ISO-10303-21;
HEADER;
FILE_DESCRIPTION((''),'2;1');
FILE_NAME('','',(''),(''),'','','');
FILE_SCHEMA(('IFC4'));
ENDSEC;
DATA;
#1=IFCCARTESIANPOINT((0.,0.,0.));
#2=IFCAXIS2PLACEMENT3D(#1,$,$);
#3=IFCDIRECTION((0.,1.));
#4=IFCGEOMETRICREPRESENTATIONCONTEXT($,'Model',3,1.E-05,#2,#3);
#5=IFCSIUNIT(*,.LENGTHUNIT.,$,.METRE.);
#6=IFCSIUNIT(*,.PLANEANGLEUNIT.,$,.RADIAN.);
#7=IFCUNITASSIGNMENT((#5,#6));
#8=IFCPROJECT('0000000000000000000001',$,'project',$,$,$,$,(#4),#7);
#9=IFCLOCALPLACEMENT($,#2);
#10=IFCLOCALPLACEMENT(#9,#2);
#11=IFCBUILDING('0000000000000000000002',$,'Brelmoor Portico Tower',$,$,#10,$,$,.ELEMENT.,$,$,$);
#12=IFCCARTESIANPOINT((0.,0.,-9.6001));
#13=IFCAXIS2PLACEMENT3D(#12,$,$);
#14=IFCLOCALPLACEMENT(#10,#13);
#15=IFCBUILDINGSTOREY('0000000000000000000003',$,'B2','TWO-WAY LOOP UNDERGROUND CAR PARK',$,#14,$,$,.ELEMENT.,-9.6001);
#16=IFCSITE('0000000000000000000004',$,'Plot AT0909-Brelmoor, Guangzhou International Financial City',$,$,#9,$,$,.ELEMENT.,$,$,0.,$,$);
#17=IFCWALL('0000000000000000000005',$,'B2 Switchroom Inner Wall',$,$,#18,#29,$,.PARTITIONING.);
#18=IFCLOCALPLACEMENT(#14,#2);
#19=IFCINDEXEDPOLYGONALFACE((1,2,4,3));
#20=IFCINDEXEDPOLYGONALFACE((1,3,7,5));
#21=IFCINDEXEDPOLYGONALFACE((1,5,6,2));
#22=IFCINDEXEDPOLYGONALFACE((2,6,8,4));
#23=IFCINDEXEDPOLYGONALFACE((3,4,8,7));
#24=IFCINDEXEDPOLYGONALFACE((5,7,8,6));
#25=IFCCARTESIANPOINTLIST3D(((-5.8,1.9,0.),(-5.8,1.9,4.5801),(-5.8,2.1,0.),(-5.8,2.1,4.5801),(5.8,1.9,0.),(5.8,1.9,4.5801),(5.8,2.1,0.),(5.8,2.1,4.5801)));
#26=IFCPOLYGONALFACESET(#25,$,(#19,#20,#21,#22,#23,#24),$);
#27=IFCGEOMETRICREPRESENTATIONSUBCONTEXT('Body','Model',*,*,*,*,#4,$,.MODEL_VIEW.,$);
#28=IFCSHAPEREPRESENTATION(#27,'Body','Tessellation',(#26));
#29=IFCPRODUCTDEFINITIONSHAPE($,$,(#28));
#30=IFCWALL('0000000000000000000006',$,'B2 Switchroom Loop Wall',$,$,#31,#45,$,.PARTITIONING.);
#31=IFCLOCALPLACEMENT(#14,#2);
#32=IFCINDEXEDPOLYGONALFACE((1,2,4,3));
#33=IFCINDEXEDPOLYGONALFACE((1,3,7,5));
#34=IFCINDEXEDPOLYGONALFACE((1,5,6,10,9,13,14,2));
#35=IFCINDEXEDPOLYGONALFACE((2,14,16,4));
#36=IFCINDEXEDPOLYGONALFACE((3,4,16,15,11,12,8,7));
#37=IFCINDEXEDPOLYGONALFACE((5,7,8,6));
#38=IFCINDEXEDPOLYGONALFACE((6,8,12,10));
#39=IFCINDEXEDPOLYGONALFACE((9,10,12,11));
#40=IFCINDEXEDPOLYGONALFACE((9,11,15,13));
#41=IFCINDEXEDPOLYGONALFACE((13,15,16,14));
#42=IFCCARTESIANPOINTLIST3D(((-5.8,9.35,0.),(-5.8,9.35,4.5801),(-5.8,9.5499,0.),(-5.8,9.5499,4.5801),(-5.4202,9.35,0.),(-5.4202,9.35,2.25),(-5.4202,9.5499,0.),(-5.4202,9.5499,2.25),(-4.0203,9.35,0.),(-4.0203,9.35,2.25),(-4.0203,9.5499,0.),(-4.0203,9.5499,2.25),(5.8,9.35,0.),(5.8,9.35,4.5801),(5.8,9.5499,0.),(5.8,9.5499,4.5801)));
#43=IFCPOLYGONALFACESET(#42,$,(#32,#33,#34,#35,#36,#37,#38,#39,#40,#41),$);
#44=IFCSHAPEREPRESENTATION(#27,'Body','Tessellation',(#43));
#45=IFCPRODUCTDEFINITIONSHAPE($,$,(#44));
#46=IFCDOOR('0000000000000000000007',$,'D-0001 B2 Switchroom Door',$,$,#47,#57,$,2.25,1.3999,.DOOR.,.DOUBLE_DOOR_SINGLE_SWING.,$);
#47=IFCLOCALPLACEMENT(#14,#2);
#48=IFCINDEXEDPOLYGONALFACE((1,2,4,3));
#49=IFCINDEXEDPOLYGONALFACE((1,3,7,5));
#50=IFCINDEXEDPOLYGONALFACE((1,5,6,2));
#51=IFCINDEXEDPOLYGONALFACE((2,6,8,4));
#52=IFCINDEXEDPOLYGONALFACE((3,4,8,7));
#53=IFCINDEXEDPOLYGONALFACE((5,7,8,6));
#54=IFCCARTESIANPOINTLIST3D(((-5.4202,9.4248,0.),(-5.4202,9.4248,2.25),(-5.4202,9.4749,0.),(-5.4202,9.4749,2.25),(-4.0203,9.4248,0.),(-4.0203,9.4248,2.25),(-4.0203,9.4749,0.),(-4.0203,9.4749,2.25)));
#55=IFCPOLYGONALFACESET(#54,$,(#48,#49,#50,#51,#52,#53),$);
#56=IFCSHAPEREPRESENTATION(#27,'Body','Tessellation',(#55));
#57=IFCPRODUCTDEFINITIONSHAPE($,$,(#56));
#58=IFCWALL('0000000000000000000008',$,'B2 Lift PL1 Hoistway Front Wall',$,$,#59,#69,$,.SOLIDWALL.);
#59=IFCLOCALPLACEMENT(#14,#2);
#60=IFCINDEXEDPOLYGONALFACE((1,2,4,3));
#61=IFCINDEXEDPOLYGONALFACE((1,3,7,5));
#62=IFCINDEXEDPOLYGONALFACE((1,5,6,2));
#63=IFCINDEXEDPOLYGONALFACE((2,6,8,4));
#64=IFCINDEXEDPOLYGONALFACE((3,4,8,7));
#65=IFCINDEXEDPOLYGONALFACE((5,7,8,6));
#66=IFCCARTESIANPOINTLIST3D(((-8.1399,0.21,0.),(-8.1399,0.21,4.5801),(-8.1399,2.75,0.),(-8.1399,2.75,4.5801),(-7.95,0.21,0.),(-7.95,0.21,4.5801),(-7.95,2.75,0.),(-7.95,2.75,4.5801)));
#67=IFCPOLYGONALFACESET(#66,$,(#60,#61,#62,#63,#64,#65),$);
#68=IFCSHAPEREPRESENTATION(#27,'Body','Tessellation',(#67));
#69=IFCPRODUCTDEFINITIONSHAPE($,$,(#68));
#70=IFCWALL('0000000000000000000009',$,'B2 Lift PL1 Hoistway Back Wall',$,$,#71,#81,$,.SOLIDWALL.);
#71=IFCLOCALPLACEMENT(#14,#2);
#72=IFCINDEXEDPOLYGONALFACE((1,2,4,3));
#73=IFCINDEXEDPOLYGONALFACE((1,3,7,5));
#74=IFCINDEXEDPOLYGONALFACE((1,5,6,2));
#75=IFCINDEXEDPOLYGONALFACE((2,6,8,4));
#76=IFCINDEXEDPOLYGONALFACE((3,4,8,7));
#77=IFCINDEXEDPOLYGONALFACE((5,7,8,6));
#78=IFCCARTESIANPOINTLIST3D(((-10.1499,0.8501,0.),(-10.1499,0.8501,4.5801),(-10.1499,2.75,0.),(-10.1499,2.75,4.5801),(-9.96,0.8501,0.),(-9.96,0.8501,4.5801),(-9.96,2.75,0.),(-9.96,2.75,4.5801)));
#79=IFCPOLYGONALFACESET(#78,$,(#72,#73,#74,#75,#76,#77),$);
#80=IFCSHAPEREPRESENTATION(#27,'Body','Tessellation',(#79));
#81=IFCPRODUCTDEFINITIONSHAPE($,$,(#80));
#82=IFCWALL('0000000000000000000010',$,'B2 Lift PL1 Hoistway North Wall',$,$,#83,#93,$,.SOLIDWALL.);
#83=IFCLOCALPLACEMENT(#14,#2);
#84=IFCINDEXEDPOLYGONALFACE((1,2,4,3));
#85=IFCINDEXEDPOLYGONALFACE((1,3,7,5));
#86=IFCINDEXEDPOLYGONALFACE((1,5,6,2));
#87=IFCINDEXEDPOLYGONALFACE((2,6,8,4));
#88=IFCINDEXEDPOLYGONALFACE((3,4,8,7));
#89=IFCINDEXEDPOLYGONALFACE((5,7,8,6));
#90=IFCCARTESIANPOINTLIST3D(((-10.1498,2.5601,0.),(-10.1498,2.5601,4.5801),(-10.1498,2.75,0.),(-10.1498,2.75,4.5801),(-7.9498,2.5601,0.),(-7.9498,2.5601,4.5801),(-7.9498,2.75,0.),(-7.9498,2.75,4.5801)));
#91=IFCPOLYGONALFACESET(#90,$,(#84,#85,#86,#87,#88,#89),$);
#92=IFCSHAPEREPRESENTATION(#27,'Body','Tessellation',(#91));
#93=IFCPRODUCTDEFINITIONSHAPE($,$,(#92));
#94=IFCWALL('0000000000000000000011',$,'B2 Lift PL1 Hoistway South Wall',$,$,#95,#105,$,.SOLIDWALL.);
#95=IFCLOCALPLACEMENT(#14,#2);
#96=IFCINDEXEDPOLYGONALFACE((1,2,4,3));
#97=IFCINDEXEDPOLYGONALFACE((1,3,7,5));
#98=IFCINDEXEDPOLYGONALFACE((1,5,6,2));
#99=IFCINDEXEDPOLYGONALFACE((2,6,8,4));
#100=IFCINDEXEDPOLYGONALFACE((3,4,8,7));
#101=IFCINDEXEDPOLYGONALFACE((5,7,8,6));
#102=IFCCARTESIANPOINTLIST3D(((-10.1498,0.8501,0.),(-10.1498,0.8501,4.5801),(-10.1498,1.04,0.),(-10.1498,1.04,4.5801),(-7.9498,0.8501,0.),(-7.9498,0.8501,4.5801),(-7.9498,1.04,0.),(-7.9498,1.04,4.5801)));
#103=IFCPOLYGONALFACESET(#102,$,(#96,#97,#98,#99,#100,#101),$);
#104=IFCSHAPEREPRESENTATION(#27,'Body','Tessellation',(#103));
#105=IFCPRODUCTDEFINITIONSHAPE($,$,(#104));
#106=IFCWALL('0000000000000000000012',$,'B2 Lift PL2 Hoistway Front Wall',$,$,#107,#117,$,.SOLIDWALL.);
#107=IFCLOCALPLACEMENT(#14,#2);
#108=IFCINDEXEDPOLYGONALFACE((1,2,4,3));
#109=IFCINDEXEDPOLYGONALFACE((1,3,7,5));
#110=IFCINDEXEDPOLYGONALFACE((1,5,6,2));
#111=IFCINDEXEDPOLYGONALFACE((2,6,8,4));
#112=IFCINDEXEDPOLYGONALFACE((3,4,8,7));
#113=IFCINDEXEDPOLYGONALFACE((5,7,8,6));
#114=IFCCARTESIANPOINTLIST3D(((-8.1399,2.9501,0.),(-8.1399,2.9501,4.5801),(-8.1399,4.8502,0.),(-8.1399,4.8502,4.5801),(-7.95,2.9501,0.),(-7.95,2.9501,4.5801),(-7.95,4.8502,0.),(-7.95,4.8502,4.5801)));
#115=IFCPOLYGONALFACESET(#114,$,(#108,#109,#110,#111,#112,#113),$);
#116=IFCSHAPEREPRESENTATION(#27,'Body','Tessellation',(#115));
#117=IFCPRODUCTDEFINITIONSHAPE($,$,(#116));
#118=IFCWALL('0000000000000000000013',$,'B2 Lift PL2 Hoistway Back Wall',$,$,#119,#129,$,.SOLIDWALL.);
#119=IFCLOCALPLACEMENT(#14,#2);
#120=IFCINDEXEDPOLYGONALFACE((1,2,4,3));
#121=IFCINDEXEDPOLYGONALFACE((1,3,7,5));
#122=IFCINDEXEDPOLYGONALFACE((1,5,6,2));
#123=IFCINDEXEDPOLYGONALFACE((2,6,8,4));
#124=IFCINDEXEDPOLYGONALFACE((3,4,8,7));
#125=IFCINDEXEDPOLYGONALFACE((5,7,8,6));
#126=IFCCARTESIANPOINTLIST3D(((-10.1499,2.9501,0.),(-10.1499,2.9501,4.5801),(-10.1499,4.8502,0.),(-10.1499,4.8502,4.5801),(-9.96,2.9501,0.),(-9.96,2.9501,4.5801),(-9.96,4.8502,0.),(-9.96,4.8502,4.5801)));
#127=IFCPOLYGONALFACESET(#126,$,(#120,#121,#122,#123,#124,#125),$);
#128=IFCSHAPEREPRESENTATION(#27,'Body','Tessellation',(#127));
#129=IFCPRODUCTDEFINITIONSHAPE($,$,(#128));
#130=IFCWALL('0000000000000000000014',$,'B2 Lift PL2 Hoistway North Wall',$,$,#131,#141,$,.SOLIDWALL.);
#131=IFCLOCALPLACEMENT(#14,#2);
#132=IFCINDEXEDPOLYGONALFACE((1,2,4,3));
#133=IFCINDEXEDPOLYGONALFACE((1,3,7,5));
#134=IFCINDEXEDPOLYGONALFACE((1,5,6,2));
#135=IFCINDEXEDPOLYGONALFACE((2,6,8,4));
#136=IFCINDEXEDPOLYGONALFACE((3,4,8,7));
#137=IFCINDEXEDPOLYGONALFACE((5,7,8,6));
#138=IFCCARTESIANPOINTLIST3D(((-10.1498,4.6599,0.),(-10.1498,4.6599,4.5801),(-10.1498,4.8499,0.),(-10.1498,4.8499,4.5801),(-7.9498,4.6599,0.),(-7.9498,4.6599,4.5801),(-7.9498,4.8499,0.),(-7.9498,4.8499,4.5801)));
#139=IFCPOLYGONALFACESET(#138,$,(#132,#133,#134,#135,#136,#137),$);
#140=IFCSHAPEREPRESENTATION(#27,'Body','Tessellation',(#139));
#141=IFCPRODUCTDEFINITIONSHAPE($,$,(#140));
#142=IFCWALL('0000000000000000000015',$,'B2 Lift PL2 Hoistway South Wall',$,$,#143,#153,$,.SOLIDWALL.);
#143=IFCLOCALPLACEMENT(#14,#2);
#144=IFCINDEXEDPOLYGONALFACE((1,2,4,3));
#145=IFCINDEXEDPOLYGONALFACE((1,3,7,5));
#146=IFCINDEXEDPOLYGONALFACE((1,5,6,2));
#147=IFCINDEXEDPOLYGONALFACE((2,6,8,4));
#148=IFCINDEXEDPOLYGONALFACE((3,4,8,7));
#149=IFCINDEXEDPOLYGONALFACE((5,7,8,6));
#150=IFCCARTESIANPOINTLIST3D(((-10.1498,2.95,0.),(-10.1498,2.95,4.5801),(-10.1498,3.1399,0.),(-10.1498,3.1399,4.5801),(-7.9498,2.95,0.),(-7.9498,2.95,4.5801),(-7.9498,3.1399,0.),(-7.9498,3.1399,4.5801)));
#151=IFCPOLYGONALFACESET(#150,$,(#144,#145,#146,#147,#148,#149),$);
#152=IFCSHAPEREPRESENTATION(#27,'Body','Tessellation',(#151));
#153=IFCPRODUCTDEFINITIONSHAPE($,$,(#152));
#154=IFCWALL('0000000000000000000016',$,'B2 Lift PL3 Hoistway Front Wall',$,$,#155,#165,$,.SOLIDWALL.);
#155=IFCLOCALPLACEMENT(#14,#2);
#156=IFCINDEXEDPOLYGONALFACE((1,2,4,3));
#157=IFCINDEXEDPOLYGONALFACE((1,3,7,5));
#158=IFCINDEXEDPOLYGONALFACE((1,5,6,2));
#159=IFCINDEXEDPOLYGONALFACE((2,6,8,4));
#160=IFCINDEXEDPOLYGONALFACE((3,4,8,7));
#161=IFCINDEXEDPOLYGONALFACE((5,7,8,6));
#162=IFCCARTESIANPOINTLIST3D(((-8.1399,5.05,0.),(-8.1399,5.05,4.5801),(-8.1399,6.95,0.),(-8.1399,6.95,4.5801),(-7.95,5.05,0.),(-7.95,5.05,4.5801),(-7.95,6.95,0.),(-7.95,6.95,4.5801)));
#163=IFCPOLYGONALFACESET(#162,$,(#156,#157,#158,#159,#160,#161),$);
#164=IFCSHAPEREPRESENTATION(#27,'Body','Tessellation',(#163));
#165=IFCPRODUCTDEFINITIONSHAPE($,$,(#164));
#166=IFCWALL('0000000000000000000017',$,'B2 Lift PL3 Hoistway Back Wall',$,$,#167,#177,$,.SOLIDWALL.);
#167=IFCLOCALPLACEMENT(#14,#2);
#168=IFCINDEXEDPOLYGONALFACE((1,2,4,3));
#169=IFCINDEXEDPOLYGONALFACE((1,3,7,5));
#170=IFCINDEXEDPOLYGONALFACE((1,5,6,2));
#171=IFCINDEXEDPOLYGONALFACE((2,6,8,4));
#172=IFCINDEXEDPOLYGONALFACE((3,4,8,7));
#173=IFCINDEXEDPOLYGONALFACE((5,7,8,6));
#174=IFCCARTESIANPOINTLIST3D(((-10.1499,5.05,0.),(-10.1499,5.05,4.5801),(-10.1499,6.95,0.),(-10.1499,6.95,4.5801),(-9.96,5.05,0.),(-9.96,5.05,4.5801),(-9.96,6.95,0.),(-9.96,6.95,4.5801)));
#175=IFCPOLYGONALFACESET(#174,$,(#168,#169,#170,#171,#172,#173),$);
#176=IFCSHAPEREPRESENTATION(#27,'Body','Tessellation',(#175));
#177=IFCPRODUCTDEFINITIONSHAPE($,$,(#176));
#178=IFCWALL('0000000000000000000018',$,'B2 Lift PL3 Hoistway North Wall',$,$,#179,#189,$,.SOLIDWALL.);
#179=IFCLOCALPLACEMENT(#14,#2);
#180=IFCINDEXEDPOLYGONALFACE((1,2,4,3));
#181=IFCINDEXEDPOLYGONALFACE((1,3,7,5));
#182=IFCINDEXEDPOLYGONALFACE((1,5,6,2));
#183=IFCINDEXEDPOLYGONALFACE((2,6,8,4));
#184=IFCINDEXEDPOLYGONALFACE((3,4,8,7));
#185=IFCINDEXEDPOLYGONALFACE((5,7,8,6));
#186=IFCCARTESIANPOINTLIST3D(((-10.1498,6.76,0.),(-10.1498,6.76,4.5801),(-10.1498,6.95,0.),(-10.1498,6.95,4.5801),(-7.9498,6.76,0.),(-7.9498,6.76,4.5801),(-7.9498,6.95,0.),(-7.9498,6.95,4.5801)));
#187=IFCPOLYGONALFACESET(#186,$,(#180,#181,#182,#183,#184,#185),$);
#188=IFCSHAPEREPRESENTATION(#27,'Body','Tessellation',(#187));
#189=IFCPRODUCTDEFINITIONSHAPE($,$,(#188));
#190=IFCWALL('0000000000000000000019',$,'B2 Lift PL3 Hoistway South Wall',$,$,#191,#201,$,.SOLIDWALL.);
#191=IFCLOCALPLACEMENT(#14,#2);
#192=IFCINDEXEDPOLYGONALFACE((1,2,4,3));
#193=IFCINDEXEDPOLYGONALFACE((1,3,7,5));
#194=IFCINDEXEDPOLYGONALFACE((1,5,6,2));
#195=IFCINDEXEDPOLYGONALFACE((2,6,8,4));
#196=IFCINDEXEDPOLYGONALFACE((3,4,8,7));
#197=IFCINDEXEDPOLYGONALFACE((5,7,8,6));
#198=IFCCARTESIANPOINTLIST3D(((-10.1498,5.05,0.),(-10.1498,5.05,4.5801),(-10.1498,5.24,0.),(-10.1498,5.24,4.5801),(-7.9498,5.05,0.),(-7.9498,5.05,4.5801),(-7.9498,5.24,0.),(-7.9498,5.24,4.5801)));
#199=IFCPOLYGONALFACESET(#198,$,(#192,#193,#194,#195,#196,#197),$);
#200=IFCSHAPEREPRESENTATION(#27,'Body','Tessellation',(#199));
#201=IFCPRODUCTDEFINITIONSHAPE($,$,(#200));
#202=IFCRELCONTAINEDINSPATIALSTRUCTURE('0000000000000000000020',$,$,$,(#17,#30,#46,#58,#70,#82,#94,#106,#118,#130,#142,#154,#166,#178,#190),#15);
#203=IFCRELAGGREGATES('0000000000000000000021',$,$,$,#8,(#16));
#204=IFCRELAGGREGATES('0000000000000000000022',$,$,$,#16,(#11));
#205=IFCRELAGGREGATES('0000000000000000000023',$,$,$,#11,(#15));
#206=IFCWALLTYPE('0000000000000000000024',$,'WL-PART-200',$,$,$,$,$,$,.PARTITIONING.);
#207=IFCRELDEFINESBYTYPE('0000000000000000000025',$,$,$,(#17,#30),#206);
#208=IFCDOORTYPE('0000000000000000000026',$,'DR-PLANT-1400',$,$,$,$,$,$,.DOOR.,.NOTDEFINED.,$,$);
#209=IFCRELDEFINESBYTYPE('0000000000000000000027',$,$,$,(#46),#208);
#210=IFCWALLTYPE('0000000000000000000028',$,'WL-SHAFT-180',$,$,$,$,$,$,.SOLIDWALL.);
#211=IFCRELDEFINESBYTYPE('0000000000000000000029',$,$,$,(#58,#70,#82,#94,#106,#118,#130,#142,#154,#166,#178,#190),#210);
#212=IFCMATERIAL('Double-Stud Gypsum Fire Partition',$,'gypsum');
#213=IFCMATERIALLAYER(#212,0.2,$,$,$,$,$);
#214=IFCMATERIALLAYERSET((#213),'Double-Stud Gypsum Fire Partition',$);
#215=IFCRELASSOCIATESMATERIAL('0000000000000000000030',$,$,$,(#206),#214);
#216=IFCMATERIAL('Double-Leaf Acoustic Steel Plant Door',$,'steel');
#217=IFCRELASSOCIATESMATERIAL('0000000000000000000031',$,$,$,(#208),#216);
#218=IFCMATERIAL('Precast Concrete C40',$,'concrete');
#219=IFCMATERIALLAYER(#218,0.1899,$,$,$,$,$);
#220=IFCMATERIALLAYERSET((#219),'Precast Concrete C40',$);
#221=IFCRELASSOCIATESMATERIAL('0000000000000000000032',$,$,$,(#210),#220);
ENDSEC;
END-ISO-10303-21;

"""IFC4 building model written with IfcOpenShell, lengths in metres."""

from ifc_helpers import new_model, si_unit, direction, frame, frame_2d, origin, place, context, subcontext, project, spatial, rectangle, extrude, material, layer, layer_set, type_object, element, fill, save


model = new_model("IFC4")

# Units and contexts
model_context = context("Model", 3, precision=1e-05, world=origin(), true_north=direction((0.0, 1.0)))
body_context = subcontext(model_context, "Body", "Model", "MODEL_VIEW")
ifc_project = project(units=[si_unit("LENGTHUNIT", "METRE"), si_unit("PLANEANGLEUNIT", "RADIAN")], contexts=[model_context])

# Site, building, storey
site_placement = place(None, origin())
site = spatial("IfcSite", under=ifc_project, at=site_placement, Name="Plot AT0909-Brelmoor, Guangzhou International Financial City", CompositionType="ELEMENT", RefElevation=0.0)
building_placement = place(site_placement, origin())
building = spatial("IfcBuilding", under=site, at=building_placement, Name="Brelmoor Portico Tower", CompositionType="ELEMENT")
storey_placement = place(building_placement, frame((0.0, 0.0, -9.6001)))
storey = spatial("IfcBuildingStorey", under=building, at=storey_placement, Name="B2", Description="TWO-WAY LOOP UNDERGROUND CAR PARK", CompositionType="ELEMENT", Elevation=-9.6001)

# Wall
ifc_material_1 = material(Name="Double-Stud Gypsum Fire Partition", Category="gypsum")
ifc_layer_1 = layer(ifc_material_1, 0.2)
ifc_layer_set_1 = layer_set([ifc_layer_1], Name="Double-Stud Gypsum Fire Partition")
wall_type_1 = type_object("IfcWallType", Name="WL-PART-200", PredefinedType="PARTITIONING", material=ifc_layer_set_1)
wall_1_placement = place(storey_placement, frame((-5.8, 2.0, 0.0), z_axis=(0.0, 0.0, 1.0), x_axis=(1.0, 0.0, 0.0)))
element("IfcWall", 1, at=wall_1_placement, inside=storey, type_object=wall_type_1, Name="B2 Switchroom Inner Wall", PredefinedType="PARTITIONING", context=body_context, shape_type="SweptSolid", body=[
    extrude(rectangle(XDim=11.6001, YDim=0.2, at=frame_2d((5.8, 0.0))), origin(), (0.0, 0.0, 1.0), 4.5801),
])

# Wall, opening, door
wall_2_placement = place(storey_placement, frame((-5.8, 9.45, 0.0), z_axis=(0.0, 0.0, 1.0), x_axis=(1.0, 0.0, 0.0)))
wall_2 = element("IfcWall", 2, at=wall_2_placement, inside=storey, type_object=wall_type_1, Name="B2 Switchroom Loop Wall", PredefinedType="PARTITIONING", context=body_context, shape_type="SweptSolid", body=[
    extrude(rectangle(XDim=11.6001, YDim=0.2, at=frame_2d((5.8, 0.0))), origin(), (0.0, 0.0, 1.0), 4.5801),
])
opening_placement = place(wall_2_placement, frame((0.3799, 0.0, 0.0)))
opening = element("IfcOpeningElement", 3, at=opening_placement, cuts=wall_2, PredefinedType="OPENING", context=body_context, shape_type="SweptSolid", body=[
    extrude(rectangle(XDim=1.3999, YDim=2.25, at=frame_2d((0.7, 1.125))), frame((0.0, 0.1099, 0.0), z_axis=(0.0, -1.0, 0.0), x_axis=(1.0, 0.0, 0.0)), (0.0, 0.0, 1.0), 0.22),
])
ifc_material_2 = material(Name="Double-Leaf Acoustic Steel Plant Door", Category="steel")
door_type = type_object("IfcDoorType", Name="DR-PLANT-1400", OperationType="NOTDEFINED", PredefinedType="DOOR", material=ifc_material_2)
door_placement = place(opening_placement, origin())
door = element("IfcDoor", 4, at=door_placement, inside=storey, type_object=door_type, Name="D-0001 B2 Switchroom Door", OperationType="DOUBLE_DOOR_SINGLE_SWING", OverallHeight=2.25, OverallWidth=1.3999, PredefinedType="DOOR", context=body_context, shape_type="SweptSolid", body=[
    extrude(rectangle(XDim=1.3999, YDim=2.25, at=frame_2d((0.7, 1.125))), frame((0.0, 0.0249, 0.0), z_axis=(0.0, -1.0, 0.0), x_axis=(1.0, 0.0, 0.0)), (0.0, 0.0, 1.0), 0.05),
])
fill(opening, door)

# Walls
ifc_material_3 = material(Name="Precast Concrete C40", Category="concrete")
ifc_layer_2 = layer(ifc_material_3, 0.1899)
ifc_layer_set_2 = layer_set([ifc_layer_2], Name="Precast Concrete C40")
wall_type_2 = type_object("IfcWallType", Name="WL-SHAFT-180", PredefinedType="SOLIDWALL", material=ifc_layer_set_2)
wall_3_placement = place(storey_placement, frame((-8.0449, 0.21, 0.0), z_axis=(0.0, 0.0, 1.0), x_axis=(0.0, 1.0, 0.0)))
element("IfcWall", 5, at=wall_3_placement, inside=storey, type_object=wall_type_2, Name="B2 Lift PL1 Hoistway Front Wall", PredefinedType="SOLIDWALL", context=body_context, shape_type="SweptSolid", body=[
    extrude(rectangle(XDim=2.54, YDim=0.1899, at=frame_2d((1.27, 0.0))), origin(), (0.0, 0.0, 1.0), 4.5801),
])
wall_4_placement = place(storey_placement, frame((-10.0549, 0.8501, 0.0), z_axis=(0.0, 0.0, 1.0), x_axis=(0.0, 1.0, 0.0)))
element("IfcWall", 6, at=wall_4_placement, inside=storey, type_object=wall_type_2, Name="B2 Lift PL1 Hoistway Back Wall", PredefinedType="SOLIDWALL", context=body_context, shape_type="SweptSolid", body=[
    extrude(rectangle(XDim=1.8999, YDim=0.1899, at=frame_2d((0.95, 0.0))), origin(), (0.0, 0.0, 1.0), 4.5801),
])
for number, where, z_axis, x_axis, name in (
    (7, (-10.1499, 2.655, 0.0), (0.0, 0.0, 1.0), (1.0, 0.0, 0.0), "B2 Lift PL1 Hoistway North Wall"),
    (8, (-10.1499, 0.9451, 0.0), (0.0, 0.0, 1.0), (1.0, 0.0, 0.0), "B2 Lift PL1 Hoistway South Wall"),
):
    element("IfcWall", number, at=place(storey_placement, frame(where, z_axis=z_axis, x_axis=x_axis)), inside=storey, type_object=wall_type_2, Name=name, PredefinedType="SOLIDWALL", context=body_context, shape_type="SweptSolid", body=[
        extrude(rectangle(XDim=2.2, YDim=0.1899, at=frame_2d((1.1001, 0.0))), origin(), (0.0, 0.0, 1.0), 4.5801),
    ])
for number, where, z_axis, x_axis, name in (
    (9, (-8.0449, 2.95, 0.0), (0.0, 0.0, 1.0), (0.0, 1.0, 0.0), "B2 Lift PL2 Hoistway Front Wall"),
    (10, (-10.0549, 2.95, 0.0), (0.0, 0.0, 1.0), (0.0, 1.0, 0.0), "B2 Lift PL2 Hoistway Back Wall"),
):
    element("IfcWall", number, at=place(storey_placement, frame(where, z_axis=z_axis, x_axis=x_axis)), inside=storey, type_object=wall_type_2, Name=name, PredefinedType="SOLIDWALL", context=body_context, shape_type="SweptSolid", body=[
        extrude(rectangle(XDim=1.9001, YDim=0.1899, at=frame_2d((0.9502, 0.0))), origin(), (0.0, 0.0, 1.0), 4.5801),
    ])
for number, where, z_axis, x_axis, name in (
    (11, (-10.1499, 4.7549, 0.0), (0.0, 0.0, 1.0), (1.0, 0.0, 0.0), "B2 Lift PL2 Hoistway North Wall"),
    (12, (-10.1499, 3.0449, 0.0), (0.0, 0.0, 1.0), (1.0, 0.0, 0.0), "B2 Lift PL2 Hoistway South Wall"),
):
    element("IfcWall", number, at=place(storey_placement, frame(where, z_axis=z_axis, x_axis=x_axis)), inside=storey, type_object=wall_type_2, Name=name, PredefinedType="SOLIDWALL", context=body_context, shape_type="SweptSolid", body=[
        extrude(rectangle(XDim=2.2, YDim=0.1899, at=frame_2d((1.1001, 0.0))), origin(), (0.0, 0.0, 1.0), 4.5801),
    ])
for number, where, z_axis, x_axis, name in (
    (13, (-8.0449, 5.05, 0.0), (0.0, 0.0, 1.0), (0.0, 1.0, 0.0), "B2 Lift PL3 Hoistway Front Wall"),
    (14, (-10.0549, 5.05, 0.0), (0.0, 0.0, 1.0), (0.0, 1.0, 0.0), "B2 Lift PL3 Hoistway Back Wall"),
):
    element("IfcWall", number, at=place(storey_placement, frame(where, z_axis=z_axis, x_axis=x_axis)), inside=storey, type_object=wall_type_2, Name=name, PredefinedType="SOLIDWALL", context=body_context, shape_type="SweptSolid", body=[
        extrude(rectangle(XDim=1.8999, YDim=0.1899, at=frame_2d((0.95, 0.0))), origin(), (0.0, 0.0, 1.0), 4.5801),
    ])
for number, where, z_axis, x_axis, name in (
    (15, (-10.1499, 6.855, 0.0), (0.0, 0.0, 1.0), (1.0, 0.0, 0.0), "B2 Lift PL3 Hoistway North Wall"),
    (16, (-10.1499, 5.145, 0.0), (0.0, 0.0, 1.0), (1.0, 0.0, 0.0), "B2 Lift PL3 Hoistway South Wall"),
):
    element("IfcWall", number, at=place(storey_placement, frame(where, z_axis=z_axis, x_axis=x_axis)), inside=storey, type_object=wall_type_2, Name=name, PredefinedType="SOLIDWALL", context=body_context, shape_type="SweptSolid", body=[
        extrude(rectangle(XDim=2.2, YDim=0.1899, at=frame_2d((1.1001, 0.0))), origin(), (0.0, 0.0, 1.0), 4.5801),
    ])

save(model, "model.ifc")
